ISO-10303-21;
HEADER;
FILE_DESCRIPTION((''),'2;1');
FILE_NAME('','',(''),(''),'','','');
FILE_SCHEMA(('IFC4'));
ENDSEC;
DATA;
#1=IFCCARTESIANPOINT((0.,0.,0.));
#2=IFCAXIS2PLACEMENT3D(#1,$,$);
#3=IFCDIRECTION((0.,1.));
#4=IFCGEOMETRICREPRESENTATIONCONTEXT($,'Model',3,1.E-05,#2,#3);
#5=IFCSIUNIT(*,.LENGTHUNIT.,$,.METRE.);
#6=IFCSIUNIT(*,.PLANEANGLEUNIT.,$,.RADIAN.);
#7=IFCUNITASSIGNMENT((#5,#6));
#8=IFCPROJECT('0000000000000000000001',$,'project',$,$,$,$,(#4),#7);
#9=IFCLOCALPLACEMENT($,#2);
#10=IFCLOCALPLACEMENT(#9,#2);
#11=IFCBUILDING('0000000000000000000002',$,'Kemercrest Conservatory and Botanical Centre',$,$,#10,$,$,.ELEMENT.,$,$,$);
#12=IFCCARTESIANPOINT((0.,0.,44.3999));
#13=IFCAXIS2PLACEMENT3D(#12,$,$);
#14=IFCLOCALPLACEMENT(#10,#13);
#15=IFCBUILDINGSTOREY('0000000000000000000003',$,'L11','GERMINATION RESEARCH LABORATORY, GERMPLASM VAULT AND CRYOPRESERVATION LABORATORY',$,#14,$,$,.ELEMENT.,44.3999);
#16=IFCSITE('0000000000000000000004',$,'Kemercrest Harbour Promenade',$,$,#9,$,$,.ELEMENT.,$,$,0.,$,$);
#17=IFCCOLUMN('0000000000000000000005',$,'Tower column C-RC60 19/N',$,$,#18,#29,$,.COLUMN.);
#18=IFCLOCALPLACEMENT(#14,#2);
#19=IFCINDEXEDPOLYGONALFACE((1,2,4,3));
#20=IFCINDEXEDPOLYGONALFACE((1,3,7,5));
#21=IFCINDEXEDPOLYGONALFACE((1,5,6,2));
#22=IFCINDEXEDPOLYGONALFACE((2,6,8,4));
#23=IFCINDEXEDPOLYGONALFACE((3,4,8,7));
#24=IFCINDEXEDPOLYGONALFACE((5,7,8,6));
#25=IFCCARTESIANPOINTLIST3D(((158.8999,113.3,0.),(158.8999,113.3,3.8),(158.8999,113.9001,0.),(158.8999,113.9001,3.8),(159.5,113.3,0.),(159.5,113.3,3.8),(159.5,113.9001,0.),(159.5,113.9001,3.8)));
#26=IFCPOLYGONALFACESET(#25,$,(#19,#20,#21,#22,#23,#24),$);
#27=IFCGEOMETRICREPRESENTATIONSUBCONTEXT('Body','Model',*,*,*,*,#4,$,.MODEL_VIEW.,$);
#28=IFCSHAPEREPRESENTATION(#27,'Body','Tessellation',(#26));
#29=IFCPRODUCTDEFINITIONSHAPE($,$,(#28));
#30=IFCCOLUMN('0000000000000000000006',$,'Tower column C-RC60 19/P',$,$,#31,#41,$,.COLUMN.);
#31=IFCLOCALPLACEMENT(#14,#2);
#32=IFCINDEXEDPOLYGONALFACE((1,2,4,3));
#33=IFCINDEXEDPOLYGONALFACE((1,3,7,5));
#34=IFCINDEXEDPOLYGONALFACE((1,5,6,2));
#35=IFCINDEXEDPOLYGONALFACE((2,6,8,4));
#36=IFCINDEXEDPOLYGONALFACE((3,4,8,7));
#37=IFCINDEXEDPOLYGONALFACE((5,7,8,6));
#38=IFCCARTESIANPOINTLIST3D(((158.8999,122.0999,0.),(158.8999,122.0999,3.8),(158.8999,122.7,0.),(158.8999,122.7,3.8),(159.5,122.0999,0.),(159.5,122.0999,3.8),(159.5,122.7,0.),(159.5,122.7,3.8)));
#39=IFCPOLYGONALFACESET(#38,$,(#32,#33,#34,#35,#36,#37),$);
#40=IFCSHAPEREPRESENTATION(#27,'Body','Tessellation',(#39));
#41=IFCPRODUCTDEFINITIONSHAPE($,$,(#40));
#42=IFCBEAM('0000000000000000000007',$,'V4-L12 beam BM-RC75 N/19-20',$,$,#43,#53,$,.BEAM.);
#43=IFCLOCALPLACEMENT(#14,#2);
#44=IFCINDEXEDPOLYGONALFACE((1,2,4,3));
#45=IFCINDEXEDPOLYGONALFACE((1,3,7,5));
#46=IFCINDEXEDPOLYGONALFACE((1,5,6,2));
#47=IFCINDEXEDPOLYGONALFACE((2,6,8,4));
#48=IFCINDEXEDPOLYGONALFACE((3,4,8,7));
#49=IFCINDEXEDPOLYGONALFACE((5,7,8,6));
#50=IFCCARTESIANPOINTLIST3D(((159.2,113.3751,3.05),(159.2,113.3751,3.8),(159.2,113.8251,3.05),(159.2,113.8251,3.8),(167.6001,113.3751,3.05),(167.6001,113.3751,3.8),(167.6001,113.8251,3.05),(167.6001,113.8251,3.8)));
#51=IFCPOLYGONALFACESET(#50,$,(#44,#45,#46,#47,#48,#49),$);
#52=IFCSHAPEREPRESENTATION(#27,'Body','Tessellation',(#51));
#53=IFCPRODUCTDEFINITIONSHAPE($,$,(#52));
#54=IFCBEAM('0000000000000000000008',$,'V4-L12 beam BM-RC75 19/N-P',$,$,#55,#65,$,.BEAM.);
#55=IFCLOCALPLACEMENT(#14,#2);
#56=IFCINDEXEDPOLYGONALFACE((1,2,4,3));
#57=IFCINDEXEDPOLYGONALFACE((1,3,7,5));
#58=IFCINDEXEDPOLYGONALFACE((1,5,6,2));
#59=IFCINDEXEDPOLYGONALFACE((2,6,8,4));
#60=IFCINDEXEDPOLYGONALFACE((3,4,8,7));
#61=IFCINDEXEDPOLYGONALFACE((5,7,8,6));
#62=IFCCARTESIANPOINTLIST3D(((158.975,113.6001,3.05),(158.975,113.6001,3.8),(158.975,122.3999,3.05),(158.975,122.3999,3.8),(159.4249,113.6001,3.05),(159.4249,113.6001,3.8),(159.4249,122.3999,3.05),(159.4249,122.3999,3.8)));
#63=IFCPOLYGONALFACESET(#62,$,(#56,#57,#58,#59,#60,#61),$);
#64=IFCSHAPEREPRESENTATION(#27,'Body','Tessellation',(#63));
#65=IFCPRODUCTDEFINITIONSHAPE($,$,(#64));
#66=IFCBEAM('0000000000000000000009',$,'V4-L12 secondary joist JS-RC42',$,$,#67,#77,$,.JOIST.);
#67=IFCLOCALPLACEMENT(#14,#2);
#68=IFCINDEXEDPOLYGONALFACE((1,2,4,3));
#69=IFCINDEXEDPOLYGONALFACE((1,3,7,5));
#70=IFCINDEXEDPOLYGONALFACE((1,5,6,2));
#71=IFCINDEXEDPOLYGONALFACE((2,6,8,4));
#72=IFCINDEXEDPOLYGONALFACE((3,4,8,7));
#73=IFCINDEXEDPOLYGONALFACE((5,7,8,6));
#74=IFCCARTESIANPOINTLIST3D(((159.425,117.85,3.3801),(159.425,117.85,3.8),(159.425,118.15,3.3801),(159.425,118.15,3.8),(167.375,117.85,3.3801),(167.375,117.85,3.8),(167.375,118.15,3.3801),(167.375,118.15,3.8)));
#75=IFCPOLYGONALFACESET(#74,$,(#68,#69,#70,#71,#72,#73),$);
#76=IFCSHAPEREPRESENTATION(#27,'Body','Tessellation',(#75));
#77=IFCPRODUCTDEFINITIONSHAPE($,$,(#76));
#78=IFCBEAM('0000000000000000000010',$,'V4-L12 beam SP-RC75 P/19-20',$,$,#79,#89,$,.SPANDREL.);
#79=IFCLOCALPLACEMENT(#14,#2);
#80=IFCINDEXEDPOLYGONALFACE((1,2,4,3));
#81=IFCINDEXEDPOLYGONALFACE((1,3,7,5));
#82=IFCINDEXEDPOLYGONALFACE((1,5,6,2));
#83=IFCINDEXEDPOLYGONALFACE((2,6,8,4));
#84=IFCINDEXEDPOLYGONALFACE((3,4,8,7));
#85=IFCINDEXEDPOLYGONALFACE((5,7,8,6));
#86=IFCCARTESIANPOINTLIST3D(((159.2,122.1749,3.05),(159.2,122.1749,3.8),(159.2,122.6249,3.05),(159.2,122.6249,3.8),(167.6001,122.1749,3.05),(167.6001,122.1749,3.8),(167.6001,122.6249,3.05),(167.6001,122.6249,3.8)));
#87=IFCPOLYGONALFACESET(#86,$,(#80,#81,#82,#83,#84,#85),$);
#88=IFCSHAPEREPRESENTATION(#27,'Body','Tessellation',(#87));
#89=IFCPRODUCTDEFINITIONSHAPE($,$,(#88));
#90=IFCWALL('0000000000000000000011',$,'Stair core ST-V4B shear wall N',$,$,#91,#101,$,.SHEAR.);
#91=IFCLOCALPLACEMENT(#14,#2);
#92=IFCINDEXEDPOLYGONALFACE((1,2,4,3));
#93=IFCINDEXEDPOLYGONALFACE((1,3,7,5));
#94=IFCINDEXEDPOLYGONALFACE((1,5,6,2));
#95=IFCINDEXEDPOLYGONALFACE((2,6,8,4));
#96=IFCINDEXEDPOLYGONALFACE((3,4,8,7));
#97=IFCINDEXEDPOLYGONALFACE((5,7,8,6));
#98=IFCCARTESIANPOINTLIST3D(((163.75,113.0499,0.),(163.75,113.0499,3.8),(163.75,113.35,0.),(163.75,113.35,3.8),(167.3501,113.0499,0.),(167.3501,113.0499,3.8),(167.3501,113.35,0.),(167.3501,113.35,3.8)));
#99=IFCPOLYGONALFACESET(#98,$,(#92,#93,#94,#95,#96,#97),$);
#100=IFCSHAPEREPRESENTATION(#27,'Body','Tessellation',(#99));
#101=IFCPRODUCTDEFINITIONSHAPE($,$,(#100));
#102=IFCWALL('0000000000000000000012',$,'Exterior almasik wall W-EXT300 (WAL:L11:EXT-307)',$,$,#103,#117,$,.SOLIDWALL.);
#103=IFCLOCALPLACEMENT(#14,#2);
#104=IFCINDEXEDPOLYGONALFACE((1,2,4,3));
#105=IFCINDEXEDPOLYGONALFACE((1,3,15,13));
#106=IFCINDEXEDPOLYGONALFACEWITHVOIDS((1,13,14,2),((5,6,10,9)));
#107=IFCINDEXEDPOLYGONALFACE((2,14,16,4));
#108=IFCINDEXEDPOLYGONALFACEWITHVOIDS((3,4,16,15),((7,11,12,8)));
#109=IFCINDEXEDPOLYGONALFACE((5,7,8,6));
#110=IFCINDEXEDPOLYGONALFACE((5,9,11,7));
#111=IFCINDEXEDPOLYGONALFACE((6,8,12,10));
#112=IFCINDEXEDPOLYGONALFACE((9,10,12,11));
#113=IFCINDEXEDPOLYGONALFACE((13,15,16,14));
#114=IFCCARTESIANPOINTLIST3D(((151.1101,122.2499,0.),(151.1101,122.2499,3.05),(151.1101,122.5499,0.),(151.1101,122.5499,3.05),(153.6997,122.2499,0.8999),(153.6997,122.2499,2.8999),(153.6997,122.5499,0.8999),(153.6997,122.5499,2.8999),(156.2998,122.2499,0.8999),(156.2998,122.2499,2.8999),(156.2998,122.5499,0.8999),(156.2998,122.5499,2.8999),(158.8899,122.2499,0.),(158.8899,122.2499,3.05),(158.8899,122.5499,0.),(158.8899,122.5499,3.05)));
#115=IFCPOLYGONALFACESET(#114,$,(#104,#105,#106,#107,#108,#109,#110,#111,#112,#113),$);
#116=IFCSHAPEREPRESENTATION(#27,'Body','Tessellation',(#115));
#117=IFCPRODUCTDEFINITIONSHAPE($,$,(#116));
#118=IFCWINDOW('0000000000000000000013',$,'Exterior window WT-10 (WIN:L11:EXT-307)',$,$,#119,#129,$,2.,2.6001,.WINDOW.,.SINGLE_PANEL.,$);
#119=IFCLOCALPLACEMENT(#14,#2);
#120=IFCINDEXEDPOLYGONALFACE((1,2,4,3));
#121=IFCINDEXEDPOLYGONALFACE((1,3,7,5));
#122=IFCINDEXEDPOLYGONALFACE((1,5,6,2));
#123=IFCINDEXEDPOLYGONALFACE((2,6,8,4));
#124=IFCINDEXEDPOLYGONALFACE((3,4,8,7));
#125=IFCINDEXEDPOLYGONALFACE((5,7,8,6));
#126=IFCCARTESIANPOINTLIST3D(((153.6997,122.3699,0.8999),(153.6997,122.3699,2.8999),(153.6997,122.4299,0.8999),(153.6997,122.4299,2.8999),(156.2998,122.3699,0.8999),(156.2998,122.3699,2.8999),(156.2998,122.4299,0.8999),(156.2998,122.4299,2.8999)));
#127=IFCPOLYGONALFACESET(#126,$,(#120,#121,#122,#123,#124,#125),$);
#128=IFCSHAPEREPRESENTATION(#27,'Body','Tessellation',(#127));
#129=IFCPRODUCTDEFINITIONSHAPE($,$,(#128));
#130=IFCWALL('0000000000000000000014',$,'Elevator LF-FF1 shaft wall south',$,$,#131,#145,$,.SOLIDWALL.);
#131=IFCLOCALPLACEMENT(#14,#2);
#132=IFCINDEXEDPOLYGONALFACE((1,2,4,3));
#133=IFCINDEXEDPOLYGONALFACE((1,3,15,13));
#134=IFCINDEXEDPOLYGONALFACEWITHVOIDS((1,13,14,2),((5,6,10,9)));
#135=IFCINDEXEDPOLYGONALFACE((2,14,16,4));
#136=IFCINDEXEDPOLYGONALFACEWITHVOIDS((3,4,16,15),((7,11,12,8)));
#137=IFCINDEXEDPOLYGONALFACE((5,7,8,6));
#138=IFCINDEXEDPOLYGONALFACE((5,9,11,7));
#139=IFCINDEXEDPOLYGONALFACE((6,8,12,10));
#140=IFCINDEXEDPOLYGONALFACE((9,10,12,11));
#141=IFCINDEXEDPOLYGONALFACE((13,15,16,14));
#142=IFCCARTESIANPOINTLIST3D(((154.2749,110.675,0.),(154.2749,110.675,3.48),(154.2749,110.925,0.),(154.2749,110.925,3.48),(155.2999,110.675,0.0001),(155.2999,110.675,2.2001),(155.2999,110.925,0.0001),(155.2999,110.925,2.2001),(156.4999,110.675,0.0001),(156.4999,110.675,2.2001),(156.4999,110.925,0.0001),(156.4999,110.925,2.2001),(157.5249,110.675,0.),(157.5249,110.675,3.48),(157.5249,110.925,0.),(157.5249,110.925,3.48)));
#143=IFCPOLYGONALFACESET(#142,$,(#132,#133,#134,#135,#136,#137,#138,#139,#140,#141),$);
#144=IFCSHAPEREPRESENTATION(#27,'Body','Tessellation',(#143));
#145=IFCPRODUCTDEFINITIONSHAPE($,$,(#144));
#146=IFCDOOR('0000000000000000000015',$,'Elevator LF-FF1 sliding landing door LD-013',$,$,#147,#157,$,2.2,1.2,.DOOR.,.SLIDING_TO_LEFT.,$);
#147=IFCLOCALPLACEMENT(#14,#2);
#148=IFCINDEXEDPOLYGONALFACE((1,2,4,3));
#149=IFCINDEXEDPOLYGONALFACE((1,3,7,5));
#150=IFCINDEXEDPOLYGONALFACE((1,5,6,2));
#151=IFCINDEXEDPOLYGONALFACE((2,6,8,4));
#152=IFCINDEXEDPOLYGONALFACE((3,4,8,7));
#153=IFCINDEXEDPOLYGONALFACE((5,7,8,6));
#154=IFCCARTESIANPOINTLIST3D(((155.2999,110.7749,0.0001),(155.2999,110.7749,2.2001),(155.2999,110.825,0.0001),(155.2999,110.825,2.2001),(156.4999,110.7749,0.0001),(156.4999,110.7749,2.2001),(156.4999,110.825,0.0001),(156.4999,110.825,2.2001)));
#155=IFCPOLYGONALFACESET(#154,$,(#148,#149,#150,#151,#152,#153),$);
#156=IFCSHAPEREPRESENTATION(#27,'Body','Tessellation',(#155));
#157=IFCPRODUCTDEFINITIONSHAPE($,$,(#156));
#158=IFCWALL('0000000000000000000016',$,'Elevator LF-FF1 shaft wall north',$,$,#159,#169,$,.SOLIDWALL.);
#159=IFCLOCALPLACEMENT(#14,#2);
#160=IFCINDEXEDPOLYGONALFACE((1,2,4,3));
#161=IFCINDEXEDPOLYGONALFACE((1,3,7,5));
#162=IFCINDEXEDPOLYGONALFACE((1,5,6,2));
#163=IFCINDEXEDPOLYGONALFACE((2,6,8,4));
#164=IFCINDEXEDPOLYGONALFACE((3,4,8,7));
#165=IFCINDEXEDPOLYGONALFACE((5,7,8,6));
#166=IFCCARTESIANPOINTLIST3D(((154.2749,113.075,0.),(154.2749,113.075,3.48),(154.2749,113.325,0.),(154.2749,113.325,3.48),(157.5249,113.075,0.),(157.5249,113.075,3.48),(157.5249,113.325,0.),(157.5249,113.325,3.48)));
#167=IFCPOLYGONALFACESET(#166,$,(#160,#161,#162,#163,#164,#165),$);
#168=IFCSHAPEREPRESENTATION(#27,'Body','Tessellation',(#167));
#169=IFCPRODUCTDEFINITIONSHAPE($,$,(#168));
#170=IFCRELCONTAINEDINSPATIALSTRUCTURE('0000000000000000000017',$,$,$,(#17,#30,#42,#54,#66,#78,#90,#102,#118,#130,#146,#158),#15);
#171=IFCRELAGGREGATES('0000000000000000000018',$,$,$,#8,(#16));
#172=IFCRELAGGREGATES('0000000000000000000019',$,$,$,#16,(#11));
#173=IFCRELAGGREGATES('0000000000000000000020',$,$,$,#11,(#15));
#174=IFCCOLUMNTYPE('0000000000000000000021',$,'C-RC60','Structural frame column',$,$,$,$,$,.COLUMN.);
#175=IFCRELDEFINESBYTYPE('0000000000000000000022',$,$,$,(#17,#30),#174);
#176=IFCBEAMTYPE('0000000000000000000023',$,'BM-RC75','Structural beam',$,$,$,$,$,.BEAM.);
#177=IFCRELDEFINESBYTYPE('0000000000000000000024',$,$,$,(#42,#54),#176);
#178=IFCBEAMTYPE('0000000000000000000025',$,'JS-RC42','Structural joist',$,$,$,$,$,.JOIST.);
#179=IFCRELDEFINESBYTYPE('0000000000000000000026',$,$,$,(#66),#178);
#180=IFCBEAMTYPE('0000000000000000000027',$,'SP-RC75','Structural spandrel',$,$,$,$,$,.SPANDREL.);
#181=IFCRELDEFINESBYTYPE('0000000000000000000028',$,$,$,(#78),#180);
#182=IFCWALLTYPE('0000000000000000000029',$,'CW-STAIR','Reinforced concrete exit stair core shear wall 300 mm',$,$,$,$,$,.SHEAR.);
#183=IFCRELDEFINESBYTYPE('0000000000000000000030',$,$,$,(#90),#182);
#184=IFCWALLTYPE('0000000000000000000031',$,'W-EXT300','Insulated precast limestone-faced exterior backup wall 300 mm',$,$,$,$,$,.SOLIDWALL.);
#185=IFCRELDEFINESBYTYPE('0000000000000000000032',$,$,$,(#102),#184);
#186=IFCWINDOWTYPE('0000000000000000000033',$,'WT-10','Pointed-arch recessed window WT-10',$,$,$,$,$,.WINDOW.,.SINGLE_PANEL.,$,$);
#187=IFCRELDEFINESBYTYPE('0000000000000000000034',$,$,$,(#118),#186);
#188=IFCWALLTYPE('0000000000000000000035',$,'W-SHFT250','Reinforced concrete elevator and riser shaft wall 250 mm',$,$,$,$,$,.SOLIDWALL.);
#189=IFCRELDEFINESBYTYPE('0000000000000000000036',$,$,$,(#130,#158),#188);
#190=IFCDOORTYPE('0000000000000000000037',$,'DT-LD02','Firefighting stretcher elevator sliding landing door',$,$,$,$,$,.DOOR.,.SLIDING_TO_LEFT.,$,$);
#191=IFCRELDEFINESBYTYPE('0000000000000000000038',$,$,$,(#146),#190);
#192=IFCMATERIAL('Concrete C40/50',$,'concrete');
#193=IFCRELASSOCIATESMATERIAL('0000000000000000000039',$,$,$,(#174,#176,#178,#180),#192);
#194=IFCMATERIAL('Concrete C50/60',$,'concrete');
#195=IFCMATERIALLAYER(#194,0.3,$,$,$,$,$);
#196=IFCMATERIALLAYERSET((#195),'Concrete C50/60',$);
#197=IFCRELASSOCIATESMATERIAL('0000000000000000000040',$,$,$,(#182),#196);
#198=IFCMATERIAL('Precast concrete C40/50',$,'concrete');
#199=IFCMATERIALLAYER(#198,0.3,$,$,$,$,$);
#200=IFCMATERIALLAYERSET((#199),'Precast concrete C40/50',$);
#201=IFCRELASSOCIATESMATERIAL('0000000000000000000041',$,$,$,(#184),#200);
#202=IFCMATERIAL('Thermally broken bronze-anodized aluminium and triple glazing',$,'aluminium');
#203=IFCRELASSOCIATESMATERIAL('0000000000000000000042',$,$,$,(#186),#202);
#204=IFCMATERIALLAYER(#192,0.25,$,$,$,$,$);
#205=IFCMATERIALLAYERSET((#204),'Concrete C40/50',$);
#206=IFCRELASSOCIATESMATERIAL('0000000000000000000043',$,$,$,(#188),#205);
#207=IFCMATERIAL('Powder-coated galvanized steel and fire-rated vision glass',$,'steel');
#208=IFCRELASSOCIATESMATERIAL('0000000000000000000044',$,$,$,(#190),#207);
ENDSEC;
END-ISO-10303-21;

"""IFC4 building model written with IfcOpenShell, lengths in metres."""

from ifc_helpers import new_model, si_unit, direction, frame, frame_2d, origin, origin_2d, place, context, subcontext, project, spatial, rectangle, extrude, material, layer, layer_set, material_profile, profile_set, type_object, element, fill, save


model = new_model("IFC4")

# Units and contexts
model_context = context("Model", 3, precision=1e-05, world=origin(), true_north=direction((0.0, 1.0)))
body_context = subcontext(model_context, "Body", "Model", "MODEL_VIEW")
ifc_project = project(units=[si_unit("LENGTHUNIT", "METRE"), si_unit("PLANEANGLEUNIT", "RADIAN")], contexts=[model_context])

# Site, building, storey
site_placement = place(None, origin())
site = spatial("IfcSite", under=ifc_project, at=site_placement, Name="Kemercrest Harbour Promenade", CompositionType="ELEMENT", RefElevation=0.0)
building_placement = place(site_placement, origin())
building = spatial("IfcBuilding", under=site, at=building_placement, Name="Kemercrest Conservatory and Botanical Centre", CompositionType="ELEMENT")
storey_placement = place(building_placement, frame((0.0, 0.0, 44.3999)))
storey = spatial("IfcBuildingStorey", under=building, at=storey_placement, Name="L11", Description="GERMINATION RESEARCH LABORATORY, GERMPLASM VAULT AND CRYOPRESERVATION LABORATORY", CompositionType="ELEMENT", Elevation=44.3999)

# Columns
ifc_material_1 = material(Name="Concrete C40/50", Category="concrete")
ifc_material_profile_1 = material_profile(ifc_material_1, rectangle(XDim=0.6001, YDim=0.6001, at=origin_2d()), Name="RC 600x600")
ifc_profile_set_1 = profile_set([ifc_material_profile_1], Name="Concrete C40/50")
column_type = type_object("IfcColumnType", Name="C-RC60", Description="Structural frame column", PredefinedType="COLUMN", material=ifc_profile_set_1)
for number, where, z_axis, x_axis, name in (
    (1, (159.2, 113.6001, 0.0), (0.0, 0.0, 1.0), (1.0, 0.0, 0.0), "Tower column C-RC60 19/N"),
    (2, (159.2, 122.3999, 0.0), (0.0, 0.0, 1.0), (1.0, 0.0, 0.0), "Tower column C-RC60 19/P"),
):
    element("IfcColumn", number, at=place(storey_placement, frame(where, z_axis=z_axis, x_axis=x_axis)), inside=storey, type_object=column_type, Name=name, PredefinedType="COLUMN", context=body_context, shape_type="SweptSolid", body=[
        extrude(rectangle(XDim=0.6001, YDim=0.6001, at=origin_2d()), origin(), (0.0, 0.0, 1.0), 3.8),
    ])

# Beams
ifc_material_profile_2 = material_profile(ifc_material_1, rectangle(XDim=0.45, YDim=0.75, at=origin_2d()), Name="RC 450x750")
ifc_profile_set_2 = profile_set([ifc_material_profile_2], Name="Concrete C40/50")
beam_type_1 = type_object("IfcBeamType", Name="BM-RC75", Description="Structural beam", PredefinedType="BEAM", material=ifc_profile_set_2)
beam_1_placement = place(storey_placement, frame((159.2, 113.6001, 3.425), z_axis=(1.0, 0.0, 0.0), x_axis=(0.0, 1.0, 0.0)))
element("IfcBeam", 3, at=beam_1_placement, inside=storey, type_object=beam_type_1, Name="V4-L12 beam BM-RC75 N/19-20", PredefinedType="BEAM", context=body_context, shape_type="SweptSolid", body=[
    extrude(rectangle(XDim=0.45, YDim=0.75, at=origin_2d()), origin(), (0.0, 0.0, 1.0), 8.4001),
])
beam_2_placement = place(storey_placement, frame((159.2, 113.6001, 3.425), z_axis=(0.0, 1.0, 0.0), x_axis=(-1.0, 0.0, 0.0)))
element("IfcBeam", 4, at=beam_2_placement, inside=storey, type_object=beam_type_1, Name="V4-L12 beam BM-RC75 19/N-P", PredefinedType="BEAM", context=body_context, shape_type="SweptSolid", body=[
    extrude(rectangle(XDim=0.45, YDim=0.75, at=origin_2d()), origin(), (0.0, 0.0, 1.0), 8.7998),
])
ifc_material_profile_3 = material_profile(ifc_material_1, rectangle(XDim=0.3, YDim=0.4199, at=origin_2d()), Name="RC 300x420")
ifc_profile_set_3 = profile_set([ifc_material_profile_3], Name="Concrete C40/50")
beam_type_2 = type_object("IfcBeamType", Name="JS-RC42", Description="Structural joist", PredefinedType="JOIST", material=ifc_profile_set_3)
beam_3_placement = place(storey_placement, frame((159.425, 118.0, 3.5901), z_axis=(1.0, 0.0, 0.0), x_axis=(0.0, 1.0, 0.0)))
element("IfcBeam", 5, at=beam_3_placement, inside=storey, type_object=beam_type_2, Name="V4-L12 secondary joist JS-RC42", PredefinedType="JOIST", context=body_context, shape_type="SweptSolid", body=[
    extrude(rectangle(XDim=0.3, YDim=0.4199, at=origin_2d()), origin(), (0.0, 0.0, 1.0), 7.95),
])
ifc_material_profile_4 = material_profile(ifc_material_1, rectangle(XDim=0.45, YDim=0.75, at=origin_2d()), Name="RC 450x750")
ifc_profile_set_4 = profile_set([ifc_material_profile_4], Name="Concrete C40/50")
beam_type_3 = type_object("IfcBeamType", Name="SP-RC75", Description="Structural spandrel", PredefinedType="SPANDREL", material=ifc_profile_set_4)
beam_4_placement = place(storey_placement, frame((159.2, 122.3999, 3.425), z_axis=(1.0, 0.0, 0.0), x_axis=(0.0, 1.0, 0.0)))
element("IfcBeam", 6, at=beam_4_placement, inside=storey, type_object=beam_type_3, Name="V4-L12 beam SP-RC75 P/19-20", PredefinedType="SPANDREL", context=body_context, shape_type="SweptSolid", body=[
    extrude(rectangle(XDim=0.45, YDim=0.75, at=origin_2d()), origin(), (0.0, 0.0, 1.0), 8.4001),
])

# Wall
ifc_material_2 = material(Name="Concrete C50/60", Category="concrete")
ifc_layer_1 = layer(ifc_material_2, 0.3)
ifc_layer_set_1 = layer_set([ifc_layer_1], Name="Concrete C50/60")
wall_type_1 = type_object("IfcWallType", Name="CW-STAIR", Description="Reinforced concrete exit stair core shear wall 300 mm", PredefinedType="SHEAR", material=ifc_layer_set_1)
wall_1_placement = place(storey_placement, frame((163.75, 113.2, 0.0), z_axis=(0.0, 0.0, 1.0), x_axis=(1.0, 0.0, 0.0)))
element("IfcWall", 7, at=wall_1_placement, inside=storey, type_object=wall_type_1, Name="Stair core ST-V4B shear wall N", PredefinedType="SHEAR", context=body_context, shape_type="SweptSolid", body=[
    extrude(rectangle(XDim=3.6001, YDim=0.3, at=frame_2d((1.8, 0.0))), origin(), (0.0, 0.0, 1.0), 3.8),
])

# Wall, opening, window
ifc_material_3 = material(Name="Precast concrete C40/50", Category="concrete")
ifc_layer_2 = layer(ifc_material_3, 0.3)
ifc_layer_set_2 = layer_set([ifc_layer_2], Name="Precast concrete C40/50")
wall_type_2 = type_object("IfcWallType", Name="W-EXT300", Description="Insulated precast limestone-faced exterior backup wall 300 mm", PredefinedType="SOLIDWALL", material=ifc_layer_set_2)
wall_2_placement = place(storey_placement, frame((158.8899, 122.3999, 0.0), z_axis=(0.0, 0.0, 1.0), x_axis=(-1.0, 0.0, 0.0)))
wall_2 = element("IfcWall", 8, at=wall_2_placement, inside=storey, type_object=wall_type_2, Name="Exterior almasik wall W-EXT300 (WAL:L11:EXT-307)", PredefinedType="SOLIDWALL", context=body_context, shape_type="SweptSolid", body=[
    extrude(rectangle(XDim=7.7798, YDim=0.3, at=frame_2d((3.8899, 0.0))), origin(), (0.0, 0.0, 1.0), 3.05),
])
opening_1_placement = place(wall_2_placement, frame((2.5901, 0.0, 0.8999)))
opening_1 = element("IfcOpeningElement", 9, at=opening_1_placement, cuts=wall_2, PredefinedType="OPENING", context=body_context, shape_type="SweptSolid", body=[
    extrude(rectangle(XDim=2.6001, YDim=2.0, at=frame_2d((1.3, 1.0))), frame((0.0, 0.1602, 0.0), z_axis=(0.0, -1.0, 0.0), x_axis=(1.0, 0.0, 0.0)), (0.0, 0.0, 1.0), 0.3201),
])
ifc_material_4 = material(Name="Thermally broken bronze-anodized aluminium and triple glazing", Category="aluminium")
window_type = type_object("IfcWindowType", Name="WT-10", Description="Pointed-arch recessed window WT-10", PartitioningType="SINGLE_PANEL", PredefinedType="WINDOW", material=ifc_material_4)
window_placement = place(opening_1_placement, origin())
window = element("IfcWindow", 10, at=window_placement, inside=storey, type_object=window_type, Name="Exterior window WT-10 (WIN:L11:EXT-307)", OverallHeight=2.0, OverallWidth=2.6001, PartitioningType="SINGLE_PANEL", PredefinedType="WINDOW", context=body_context, shape_type="SweptSolid", body=[
    extrude(rectangle(XDim=2.6001, YDim=2.0, at=frame_2d((1.3, 1.0))), frame((0.0, 0.03, 0.0), z_axis=(0.0, -1.0, 0.0), x_axis=(1.0, 0.0, 0.0)), (0.0, 0.0, 1.0), 0.0601),
])
fill(opening_1, window)

# Wall, opening, door
ifc_layer_3 = layer(ifc_material_1, 0.25)
ifc_layer_set_3 = layer_set([ifc_layer_3], Name="Concrete C40/50")
wall_type_3 = type_object("IfcWallType", Name="W-SHFT250", Description="Reinforced concrete elevator and riser shaft wall 250 mm", PredefinedType="SOLIDWALL", material=ifc_layer_set_3)
wall_3_placement = place(storey_placement, frame((154.2749, 110.8, 0.0), z_axis=(0.0, 0.0, 1.0), x_axis=(1.0, 0.0, 0.0)))
wall_3 = element("IfcWall", 11, at=wall_3_placement, inside=storey, type_object=wall_type_3, Name="Elevator LF-FF1 shaft wall south", PredefinedType="SOLIDWALL", context=body_context, shape_type="SweptSolid", body=[
    extrude(rectangle(XDim=3.25, YDim=0.25, at=frame_2d((1.625, 0.0))), origin(), (0.0, 0.0, 1.0), 3.48),
])
opening_2_placement = place(wall_3_placement, frame((1.0249, 0.0, 0.0)))
opening_2 = element("IfcOpeningElement", 12, at=opening_2_placement, cuts=wall_3, PredefinedType="OPENING", context=body_context, shape_type="SweptSolid", body=[
    extrude(rectangle(XDim=1.2, YDim=2.2, at=frame_2d((0.6001, 1.1001))), frame((0.0, 0.135, 0.0), z_axis=(0.0, -1.0, 0.0), x_axis=(1.0, 0.0, 0.0)), (0.0, 0.0, 1.0), 0.27),
])
ifc_material_5 = material(Name="Powder-coated galvanized steel and fire-rated vision glass", Category="steel")
door_type_1 = type_object("IfcDoorType", Name="DT-LD02", Description="Firefighting stretcher elevator sliding landing door", OperationType="SLIDING_TO_LEFT", PredefinedType="DOOR", material=ifc_material_5)
door_1_placement = place(opening_2_placement, origin())
door_1 = element("IfcDoor", 13, at=door_1_placement, inside=storey, type_object=door_type_1, Name="Elevator LF-FF1 sliding landing door LD-013", OperationType="SLIDING_TO_LEFT", OverallHeight=2.2, OverallWidth=1.2, PredefinedType="DOOR", context=body_context, shape_type="SweptSolid", body=[
    extrude(rectangle(XDim=1.2, YDim=2.2, at=frame_2d((0.6001, 1.1001))), frame((0.0, 0.0249, 0.0), z_axis=(0.0, -1.0, 0.0), x_axis=(1.0, 0.0, 0.0)), (0.0, 0.0, 1.0), 0.05),
])
fill(opening_2, door_1)

# Wall
wall_4_placement = place(storey_placement, frame((154.2749, 113.2, 0.0), z_axis=(0.0, 0.0, 1.0), x_axis=(1.0, 0.0, 0.0)))
element("IfcWall", 14, at=wall_4_placement, inside=storey, type_object=wall_type_3, Name="Elevator LF-FF1 shaft wall north", PredefinedType="SOLIDWALL", context=body_context, shape_type="SweptSolid", body=[
    extrude(rectangle(XDim=3.25, YDim=0.25, at=frame_2d((1.625, 0.0))), origin(), (0.0, 0.0, 1.0), 3.48),
])

save(model, "model.ifc")
